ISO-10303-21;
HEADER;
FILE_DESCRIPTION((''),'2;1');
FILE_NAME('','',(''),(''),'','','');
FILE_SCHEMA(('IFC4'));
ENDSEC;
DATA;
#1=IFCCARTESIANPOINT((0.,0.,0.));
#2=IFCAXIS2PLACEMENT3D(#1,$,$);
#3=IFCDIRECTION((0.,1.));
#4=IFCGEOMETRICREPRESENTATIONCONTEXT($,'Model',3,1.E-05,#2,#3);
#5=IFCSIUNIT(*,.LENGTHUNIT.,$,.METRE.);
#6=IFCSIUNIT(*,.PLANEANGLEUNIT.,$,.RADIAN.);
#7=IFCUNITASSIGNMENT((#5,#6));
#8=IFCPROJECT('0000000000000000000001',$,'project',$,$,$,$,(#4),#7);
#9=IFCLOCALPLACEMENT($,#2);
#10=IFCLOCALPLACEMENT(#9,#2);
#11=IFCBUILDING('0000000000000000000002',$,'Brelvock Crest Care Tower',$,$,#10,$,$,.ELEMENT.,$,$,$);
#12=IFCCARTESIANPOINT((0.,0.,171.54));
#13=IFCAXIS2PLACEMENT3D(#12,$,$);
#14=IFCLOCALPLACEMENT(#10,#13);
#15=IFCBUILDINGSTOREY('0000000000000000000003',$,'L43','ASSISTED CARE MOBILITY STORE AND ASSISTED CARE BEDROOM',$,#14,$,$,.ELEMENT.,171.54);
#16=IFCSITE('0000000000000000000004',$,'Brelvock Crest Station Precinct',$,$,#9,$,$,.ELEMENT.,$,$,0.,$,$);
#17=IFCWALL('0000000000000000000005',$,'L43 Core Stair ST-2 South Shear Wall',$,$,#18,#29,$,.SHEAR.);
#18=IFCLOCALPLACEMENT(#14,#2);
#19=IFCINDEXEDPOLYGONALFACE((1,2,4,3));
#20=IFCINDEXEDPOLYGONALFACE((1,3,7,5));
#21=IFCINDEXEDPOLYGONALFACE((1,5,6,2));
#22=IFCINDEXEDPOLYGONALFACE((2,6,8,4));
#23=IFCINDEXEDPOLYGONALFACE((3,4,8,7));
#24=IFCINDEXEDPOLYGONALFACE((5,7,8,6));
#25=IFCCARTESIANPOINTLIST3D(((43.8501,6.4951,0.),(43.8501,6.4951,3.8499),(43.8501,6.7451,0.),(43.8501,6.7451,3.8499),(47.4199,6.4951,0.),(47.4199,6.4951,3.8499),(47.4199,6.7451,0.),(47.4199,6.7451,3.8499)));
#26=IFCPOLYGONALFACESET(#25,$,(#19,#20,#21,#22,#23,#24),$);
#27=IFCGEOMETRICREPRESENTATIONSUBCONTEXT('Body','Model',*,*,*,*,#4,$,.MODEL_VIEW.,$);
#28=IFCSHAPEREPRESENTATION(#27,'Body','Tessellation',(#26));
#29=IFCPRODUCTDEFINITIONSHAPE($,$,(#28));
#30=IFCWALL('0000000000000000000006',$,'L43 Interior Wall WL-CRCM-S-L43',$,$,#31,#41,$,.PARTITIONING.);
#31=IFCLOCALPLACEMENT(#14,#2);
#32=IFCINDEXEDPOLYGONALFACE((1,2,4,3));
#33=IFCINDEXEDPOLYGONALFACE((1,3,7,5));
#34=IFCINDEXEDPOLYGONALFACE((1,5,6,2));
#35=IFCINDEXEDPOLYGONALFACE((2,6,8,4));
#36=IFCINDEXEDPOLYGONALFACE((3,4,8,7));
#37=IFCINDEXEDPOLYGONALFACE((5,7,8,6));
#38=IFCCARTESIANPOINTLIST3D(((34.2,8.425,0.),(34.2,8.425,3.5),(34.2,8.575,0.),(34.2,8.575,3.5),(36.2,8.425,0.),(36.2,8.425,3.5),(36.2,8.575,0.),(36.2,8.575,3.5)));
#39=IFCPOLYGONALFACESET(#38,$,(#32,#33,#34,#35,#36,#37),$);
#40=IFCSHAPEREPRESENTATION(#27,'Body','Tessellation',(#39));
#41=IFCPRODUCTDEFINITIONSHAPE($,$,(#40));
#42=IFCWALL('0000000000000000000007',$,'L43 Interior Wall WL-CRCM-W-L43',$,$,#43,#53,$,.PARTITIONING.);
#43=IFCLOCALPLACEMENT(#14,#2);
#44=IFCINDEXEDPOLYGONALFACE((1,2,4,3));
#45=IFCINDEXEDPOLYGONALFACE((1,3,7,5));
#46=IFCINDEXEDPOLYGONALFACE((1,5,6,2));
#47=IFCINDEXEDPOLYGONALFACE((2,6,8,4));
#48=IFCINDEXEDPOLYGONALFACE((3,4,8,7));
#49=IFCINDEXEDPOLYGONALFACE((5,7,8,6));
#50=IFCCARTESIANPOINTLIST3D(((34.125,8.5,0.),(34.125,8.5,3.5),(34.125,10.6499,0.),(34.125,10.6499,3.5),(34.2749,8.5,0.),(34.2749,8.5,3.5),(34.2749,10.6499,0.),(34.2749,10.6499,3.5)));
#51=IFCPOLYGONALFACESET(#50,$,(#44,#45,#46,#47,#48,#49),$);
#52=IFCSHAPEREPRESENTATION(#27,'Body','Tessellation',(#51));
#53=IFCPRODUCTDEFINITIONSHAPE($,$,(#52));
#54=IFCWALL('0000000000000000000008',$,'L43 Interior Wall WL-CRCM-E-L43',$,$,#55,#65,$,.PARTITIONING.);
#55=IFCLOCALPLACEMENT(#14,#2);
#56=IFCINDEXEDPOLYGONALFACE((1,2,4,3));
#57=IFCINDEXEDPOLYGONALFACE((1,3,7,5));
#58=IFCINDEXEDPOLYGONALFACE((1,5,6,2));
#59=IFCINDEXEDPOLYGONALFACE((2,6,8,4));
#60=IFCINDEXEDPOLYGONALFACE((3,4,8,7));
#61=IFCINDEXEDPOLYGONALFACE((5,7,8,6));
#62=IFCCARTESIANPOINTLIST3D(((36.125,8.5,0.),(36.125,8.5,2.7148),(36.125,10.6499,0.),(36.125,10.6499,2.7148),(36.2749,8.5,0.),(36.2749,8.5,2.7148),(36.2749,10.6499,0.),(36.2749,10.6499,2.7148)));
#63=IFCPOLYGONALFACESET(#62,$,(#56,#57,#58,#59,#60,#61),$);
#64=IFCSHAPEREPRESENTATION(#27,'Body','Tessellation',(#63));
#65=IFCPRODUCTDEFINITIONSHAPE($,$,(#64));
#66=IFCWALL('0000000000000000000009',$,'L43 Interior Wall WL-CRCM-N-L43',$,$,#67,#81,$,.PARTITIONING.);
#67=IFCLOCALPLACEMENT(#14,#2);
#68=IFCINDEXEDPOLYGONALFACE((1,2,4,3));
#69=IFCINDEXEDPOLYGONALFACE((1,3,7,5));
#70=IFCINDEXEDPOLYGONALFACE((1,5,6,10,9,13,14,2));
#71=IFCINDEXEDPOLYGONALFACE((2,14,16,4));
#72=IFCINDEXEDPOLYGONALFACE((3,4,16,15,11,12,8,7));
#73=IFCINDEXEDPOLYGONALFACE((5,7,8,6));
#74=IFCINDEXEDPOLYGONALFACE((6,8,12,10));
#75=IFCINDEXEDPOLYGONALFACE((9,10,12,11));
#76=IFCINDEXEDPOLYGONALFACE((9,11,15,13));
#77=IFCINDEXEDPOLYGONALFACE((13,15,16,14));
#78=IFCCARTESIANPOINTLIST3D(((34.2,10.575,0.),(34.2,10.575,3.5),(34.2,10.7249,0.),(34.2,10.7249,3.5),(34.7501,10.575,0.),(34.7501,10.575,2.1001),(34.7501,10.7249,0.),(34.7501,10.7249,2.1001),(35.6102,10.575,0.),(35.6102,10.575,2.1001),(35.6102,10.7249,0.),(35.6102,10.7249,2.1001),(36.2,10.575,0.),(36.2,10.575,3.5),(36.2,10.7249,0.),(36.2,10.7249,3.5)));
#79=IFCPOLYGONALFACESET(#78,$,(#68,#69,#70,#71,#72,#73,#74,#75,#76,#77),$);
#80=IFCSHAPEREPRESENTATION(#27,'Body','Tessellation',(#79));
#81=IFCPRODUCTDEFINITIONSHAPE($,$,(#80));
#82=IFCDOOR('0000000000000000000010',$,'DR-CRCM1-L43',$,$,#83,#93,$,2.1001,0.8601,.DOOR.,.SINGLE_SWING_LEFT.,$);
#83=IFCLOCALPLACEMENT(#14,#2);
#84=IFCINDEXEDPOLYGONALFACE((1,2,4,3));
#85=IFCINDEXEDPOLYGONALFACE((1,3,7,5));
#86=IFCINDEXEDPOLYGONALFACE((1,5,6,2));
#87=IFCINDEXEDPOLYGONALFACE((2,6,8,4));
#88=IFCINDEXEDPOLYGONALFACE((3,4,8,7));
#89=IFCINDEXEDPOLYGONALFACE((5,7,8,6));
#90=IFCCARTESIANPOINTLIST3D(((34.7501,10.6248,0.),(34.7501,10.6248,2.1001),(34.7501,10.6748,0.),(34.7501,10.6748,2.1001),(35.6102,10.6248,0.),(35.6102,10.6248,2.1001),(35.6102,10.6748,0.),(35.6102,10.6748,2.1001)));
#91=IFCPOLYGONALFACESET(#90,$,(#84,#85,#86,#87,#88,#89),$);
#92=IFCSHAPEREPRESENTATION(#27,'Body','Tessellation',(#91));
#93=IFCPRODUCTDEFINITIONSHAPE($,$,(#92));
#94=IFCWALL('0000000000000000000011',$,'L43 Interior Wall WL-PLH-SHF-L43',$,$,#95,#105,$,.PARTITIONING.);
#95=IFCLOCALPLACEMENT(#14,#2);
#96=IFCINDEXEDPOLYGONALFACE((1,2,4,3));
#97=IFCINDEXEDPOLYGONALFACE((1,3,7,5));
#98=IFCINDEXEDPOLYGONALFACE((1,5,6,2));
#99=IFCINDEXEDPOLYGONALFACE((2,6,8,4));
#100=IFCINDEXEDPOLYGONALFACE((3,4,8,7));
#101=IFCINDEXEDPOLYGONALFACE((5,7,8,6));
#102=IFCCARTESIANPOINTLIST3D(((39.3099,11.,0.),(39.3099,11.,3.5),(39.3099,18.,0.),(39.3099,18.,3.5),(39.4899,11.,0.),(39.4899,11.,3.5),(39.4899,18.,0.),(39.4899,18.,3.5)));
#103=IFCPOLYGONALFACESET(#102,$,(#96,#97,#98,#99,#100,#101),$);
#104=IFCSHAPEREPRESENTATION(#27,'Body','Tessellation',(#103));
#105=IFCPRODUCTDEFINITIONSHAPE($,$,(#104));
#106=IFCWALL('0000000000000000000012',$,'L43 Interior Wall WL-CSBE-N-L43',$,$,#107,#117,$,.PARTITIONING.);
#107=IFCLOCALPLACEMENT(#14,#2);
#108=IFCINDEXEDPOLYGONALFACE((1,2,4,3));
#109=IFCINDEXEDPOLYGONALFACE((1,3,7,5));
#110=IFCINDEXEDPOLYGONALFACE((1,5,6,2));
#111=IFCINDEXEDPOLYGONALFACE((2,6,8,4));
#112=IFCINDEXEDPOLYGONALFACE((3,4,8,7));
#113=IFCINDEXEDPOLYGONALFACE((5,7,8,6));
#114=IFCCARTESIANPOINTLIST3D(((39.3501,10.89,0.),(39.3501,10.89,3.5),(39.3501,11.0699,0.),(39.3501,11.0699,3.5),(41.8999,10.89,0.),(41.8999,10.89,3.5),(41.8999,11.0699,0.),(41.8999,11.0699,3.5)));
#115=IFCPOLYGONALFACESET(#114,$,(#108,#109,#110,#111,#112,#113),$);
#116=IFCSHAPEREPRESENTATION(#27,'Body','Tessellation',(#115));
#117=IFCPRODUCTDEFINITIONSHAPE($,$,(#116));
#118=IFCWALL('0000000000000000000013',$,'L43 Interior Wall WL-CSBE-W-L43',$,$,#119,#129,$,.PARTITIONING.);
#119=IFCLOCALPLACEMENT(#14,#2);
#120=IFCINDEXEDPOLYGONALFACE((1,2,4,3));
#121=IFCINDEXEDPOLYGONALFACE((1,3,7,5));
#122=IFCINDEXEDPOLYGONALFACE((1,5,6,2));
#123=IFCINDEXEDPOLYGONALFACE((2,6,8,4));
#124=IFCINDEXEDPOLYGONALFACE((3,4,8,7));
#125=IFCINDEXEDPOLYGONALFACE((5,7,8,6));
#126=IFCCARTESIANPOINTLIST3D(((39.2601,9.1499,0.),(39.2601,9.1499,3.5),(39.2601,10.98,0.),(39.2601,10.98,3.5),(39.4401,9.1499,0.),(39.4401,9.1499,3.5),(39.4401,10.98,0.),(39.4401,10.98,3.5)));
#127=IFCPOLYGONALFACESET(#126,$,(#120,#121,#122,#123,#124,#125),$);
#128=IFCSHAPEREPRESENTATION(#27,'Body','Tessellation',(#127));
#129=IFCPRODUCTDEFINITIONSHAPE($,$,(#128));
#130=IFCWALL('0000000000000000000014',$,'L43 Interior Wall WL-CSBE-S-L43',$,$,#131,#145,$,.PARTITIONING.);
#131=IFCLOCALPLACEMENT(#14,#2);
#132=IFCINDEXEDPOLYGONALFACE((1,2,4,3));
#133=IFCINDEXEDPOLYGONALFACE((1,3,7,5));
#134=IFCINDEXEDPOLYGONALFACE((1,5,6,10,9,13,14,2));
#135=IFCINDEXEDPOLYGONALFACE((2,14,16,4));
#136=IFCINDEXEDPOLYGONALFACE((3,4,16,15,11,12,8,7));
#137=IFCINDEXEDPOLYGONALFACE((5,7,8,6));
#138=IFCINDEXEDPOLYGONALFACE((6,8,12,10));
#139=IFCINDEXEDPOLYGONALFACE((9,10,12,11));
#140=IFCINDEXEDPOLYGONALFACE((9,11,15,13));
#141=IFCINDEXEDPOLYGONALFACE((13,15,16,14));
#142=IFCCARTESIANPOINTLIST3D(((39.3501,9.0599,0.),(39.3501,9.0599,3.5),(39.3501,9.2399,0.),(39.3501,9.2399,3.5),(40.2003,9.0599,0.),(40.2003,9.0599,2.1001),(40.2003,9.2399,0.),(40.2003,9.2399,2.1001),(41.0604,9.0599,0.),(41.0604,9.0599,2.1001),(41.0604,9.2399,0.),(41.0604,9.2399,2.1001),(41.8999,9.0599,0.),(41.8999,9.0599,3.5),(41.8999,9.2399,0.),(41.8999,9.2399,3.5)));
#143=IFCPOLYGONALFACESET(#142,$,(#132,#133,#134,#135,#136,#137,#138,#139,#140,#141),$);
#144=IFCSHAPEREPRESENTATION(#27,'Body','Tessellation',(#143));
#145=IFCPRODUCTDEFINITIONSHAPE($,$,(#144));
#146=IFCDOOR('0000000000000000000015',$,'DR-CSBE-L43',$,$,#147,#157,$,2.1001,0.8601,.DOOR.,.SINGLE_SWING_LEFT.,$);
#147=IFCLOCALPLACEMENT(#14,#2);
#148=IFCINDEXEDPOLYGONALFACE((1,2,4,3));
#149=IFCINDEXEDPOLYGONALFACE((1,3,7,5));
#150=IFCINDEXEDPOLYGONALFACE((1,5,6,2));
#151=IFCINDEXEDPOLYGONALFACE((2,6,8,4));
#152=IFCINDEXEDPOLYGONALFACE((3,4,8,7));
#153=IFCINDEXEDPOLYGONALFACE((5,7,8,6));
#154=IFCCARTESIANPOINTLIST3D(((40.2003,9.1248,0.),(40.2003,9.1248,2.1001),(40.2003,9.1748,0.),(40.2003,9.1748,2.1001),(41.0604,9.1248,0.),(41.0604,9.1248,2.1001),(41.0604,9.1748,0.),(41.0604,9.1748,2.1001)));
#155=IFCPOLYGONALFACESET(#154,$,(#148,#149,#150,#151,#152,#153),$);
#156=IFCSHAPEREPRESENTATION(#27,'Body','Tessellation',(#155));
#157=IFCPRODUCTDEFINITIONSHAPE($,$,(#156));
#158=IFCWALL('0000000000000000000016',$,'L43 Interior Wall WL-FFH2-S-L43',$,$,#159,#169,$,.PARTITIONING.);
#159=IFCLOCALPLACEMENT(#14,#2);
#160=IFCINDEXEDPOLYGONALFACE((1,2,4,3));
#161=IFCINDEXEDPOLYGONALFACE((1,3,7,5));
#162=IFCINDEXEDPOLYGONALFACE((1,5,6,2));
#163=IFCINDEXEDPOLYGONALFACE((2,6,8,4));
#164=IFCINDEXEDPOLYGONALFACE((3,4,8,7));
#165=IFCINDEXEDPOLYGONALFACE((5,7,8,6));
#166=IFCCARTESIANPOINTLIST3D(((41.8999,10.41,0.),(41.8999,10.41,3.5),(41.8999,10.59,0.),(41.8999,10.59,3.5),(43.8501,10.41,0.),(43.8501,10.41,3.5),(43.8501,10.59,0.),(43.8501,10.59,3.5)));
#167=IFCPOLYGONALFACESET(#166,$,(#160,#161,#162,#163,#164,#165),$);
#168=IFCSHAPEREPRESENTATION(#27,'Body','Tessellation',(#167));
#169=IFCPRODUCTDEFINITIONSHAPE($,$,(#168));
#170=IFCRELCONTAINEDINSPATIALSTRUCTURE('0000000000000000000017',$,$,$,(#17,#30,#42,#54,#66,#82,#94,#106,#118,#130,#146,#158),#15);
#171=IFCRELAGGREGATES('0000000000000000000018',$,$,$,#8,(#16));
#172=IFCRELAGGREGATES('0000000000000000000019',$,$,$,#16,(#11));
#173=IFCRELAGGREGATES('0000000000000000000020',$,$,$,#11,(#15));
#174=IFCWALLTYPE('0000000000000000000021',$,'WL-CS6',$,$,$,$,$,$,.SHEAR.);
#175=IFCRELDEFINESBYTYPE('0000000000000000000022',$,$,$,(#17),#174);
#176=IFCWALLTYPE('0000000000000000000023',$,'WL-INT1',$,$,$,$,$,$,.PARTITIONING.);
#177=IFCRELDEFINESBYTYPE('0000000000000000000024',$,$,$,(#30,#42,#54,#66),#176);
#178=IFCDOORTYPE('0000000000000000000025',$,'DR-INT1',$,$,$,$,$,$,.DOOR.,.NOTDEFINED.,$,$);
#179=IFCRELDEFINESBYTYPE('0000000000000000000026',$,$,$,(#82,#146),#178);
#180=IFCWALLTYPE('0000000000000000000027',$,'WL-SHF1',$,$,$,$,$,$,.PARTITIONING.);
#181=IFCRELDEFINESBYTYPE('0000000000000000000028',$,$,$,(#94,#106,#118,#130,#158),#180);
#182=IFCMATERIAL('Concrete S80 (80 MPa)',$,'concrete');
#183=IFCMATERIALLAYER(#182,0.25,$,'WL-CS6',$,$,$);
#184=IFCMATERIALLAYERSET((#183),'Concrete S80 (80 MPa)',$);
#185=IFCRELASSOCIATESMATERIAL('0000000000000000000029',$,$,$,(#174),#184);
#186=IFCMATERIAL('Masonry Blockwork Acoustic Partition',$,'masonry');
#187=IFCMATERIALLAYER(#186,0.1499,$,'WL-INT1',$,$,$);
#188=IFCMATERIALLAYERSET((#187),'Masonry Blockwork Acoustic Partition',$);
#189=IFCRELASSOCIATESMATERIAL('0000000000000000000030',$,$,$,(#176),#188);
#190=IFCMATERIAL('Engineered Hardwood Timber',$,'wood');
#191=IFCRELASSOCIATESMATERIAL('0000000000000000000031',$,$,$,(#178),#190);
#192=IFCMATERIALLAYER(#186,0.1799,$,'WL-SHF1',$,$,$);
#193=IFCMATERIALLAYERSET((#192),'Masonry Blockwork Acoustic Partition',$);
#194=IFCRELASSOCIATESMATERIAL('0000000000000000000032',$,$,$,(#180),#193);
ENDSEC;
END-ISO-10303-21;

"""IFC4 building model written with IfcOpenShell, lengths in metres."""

from ifc_helpers import new_model, si_unit, direction, frame, frame_2d, origin, origin_2d, place, context, subcontext, project, spatial, rectangle, extrude, source, transform, mapped, material, layer, layer_set, type_object, element, fill, save


model = new_model("IFC4")

# Units and contexts
model_context = context("Model", 3, precision=1e-05, world=origin(), true_north=direction((0.0, 1.0)))
body_context = subcontext(model_context, "Body", "Model", "MODEL_VIEW")
ifc_project = project(units=[si_unit("LENGTHUNIT", "METRE"), si_unit("PLANEANGLEUNIT", "RADIAN")], contexts=[model_context])

# Site, building, storey
site_placement = place(None, origin())
site = spatial("IfcSite", under=ifc_project, at=site_placement, Name="Brelvock Crest Station Precinct", CompositionType="ELEMENT", RefElevation=0.0)
building_placement = place(site_placement, origin())
building = spatial("IfcBuilding", under=site, at=building_placement, Name="Brelvock Crest Care Tower", CompositionType="ELEMENT")
storey_placement = place(building_placement, frame((0.0, 0.0, 171.54)))
storey = spatial("IfcBuildingStorey", under=building, at=storey_placement, Name="L43", Description="ASSISTED CARE MOBILITY STORE AND ASSISTED CARE BEDROOM", CompositionType="ELEMENT", Elevation=171.54)

# Walls
ifc_material_1 = material(Name="Concrete S80 (80 MPa)", Category="concrete")
ifc_layer_1 = layer(ifc_material_1, 0.25, Name="WL-CS6")
ifc_layer_set_1 = layer_set([ifc_layer_1], Name="Concrete S80 (80 MPa)")
wall_type_1 = type_object("IfcWallType", Name="WL-CS6", PredefinedType="SHEAR", material=ifc_layer_set_1)
wall_1_placement = place(storey_placement, frame((43.8501, 6.6201, 0.0), z_axis=(0.0, 0.0, 1.0), x_axis=(1.0, 0.0, 0.0)))
element("IfcWall", 1, at=wall_1_placement, inside=storey, type_object=wall_type_1, Name="L43 Core Stair ST-2 South Shear Wall", PredefinedType="SHEAR", context=body_context, shape_type="SweptSolid", body=[
    extrude(rectangle(XDim=3.5698, YDim=0.25, at=frame_2d((1.7849, 0.0))), origin(), (0.0, 0.0, 1.0), 3.8499),
])
ifc_material_2 = material(Name="Masonry Blockwork Acoustic Partition", Category="masonry")
ifc_layer_2 = layer(ifc_material_2, 0.1499, Name="WL-INT1")
ifc_layer_set_2 = layer_set([ifc_layer_2], Name="Masonry Blockwork Acoustic Partition")
wall_type_2 = type_object("IfcWallType", Name="WL-INT1", PredefinedType="PARTITIONING", material=ifc_layer_set_2)
wall_2_placement = place(storey_placement, frame((34.2, 8.5, 0.0), z_axis=(0.0, 0.0, 1.0), x_axis=(1.0, 0.0, 0.0)))
element("IfcWall", 2, at=wall_2_placement, inside=storey, type_object=wall_type_2, Name="L43 Interior Wall WL-CRCM-S-L43", PredefinedType="PARTITIONING", context=body_context, shape_type="SweptSolid", body=[
    extrude(rectangle(XDim=2.0, YDim=0.1499, at=frame_2d((1.0, 0.0))), origin(), (0.0, 0.0, 1.0), 3.5),
])
wall_3_placement = place(storey_placement, frame((34.2, 8.5, 0.0), z_axis=(0.0, 0.0, 1.0), x_axis=(0.0, 1.0, 0.0)))
element("IfcWall", 3, at=wall_3_placement, inside=storey, type_object=wall_type_2, Name="L43 Interior Wall WL-CRCM-W-L43", PredefinedType="PARTITIONING", context=body_context, shape_type="SweptSolid", body=[
    extrude(rectangle(XDim=2.1499, YDim=0.1499, at=frame_2d((1.075, 0.0))), origin(), (0.0, 0.0, 1.0), 3.5),
])
wall_4_placement = place(storey_placement, frame((36.2, 8.5, 0.0), z_axis=(0.0, 0.0, 1.0), x_axis=(0.0, 1.0, 0.0)))
element("IfcWall", 4, at=wall_4_placement, inside=storey, type_object=wall_type_2, Name="L43 Interior Wall WL-CRCM-E-L43", PredefinedType="PARTITIONING", context=body_context, shape_type="SweptSolid", body=[
    extrude(rectangle(XDim=2.1499, YDim=0.1499, at=frame_2d((1.075, 0.0))), origin(), (0.0, 0.0, 1.0), 2.7148),
])

# Wall, opening, door
wall_5_placement = place(storey_placement, frame((34.2, 10.6499, 0.0), z_axis=(0.0, 0.0, 1.0), x_axis=(1.0, 0.0, 0.0)))
wall_5 = element("IfcWall", 5, at=wall_5_placement, inside=storey, type_object=wall_type_2, Name="L43 Interior Wall WL-CRCM-N-L43", PredefinedType="PARTITIONING", context=body_context, shape_type="SweptSolid", body=[
    extrude(rectangle(XDim=2.0, YDim=0.1499, at=frame_2d((1.0, 0.0))), origin(), (0.0, 0.0, 1.0), 3.5),
])
opening_1_placement = place(wall_5_placement, frame((0.55, 0.0, 0.0)))
opening_1 = element("IfcOpeningElement", 6, at=opening_1_placement, cuts=wall_5, PredefinedType="OPENING", context=body_context, shape_type="SweptSolid", body=[
    extrude(rectangle(XDim=0.8601, YDim=2.1001, at=origin_2d()), frame((0.4302, 0.085, 1.05), z_axis=(0.0, -1.0, 0.0), x_axis=(1.0, 0.0, 0.0)), (0.0, 0.0, 1.0), 0.1699),
])
ifc_material_3 = material(Name="Engineered Hardwood Timber", Category="wood")
door_type = type_object("IfcDoorType", Name="DR-INT1", OperationType="NOTDEFINED", PredefinedType="DOOR", material=ifc_material_3)
shared_shape_1 = source(origin(), body_context, "Body", "SweptSolid", [
    extrude(rectangle(XDim=0.8601, YDim=2.1001, at=origin_2d()), frame((0.4302, 0.0249, 1.05), z_axis=(0.0, -1.0, 0.0), x_axis=(1.0, 0.0, 0.0)), (0.0, 0.0, 1.0), 0.05),
])
door_1_placement = place(opening_1_placement, origin())
door_1 = element("IfcDoor", 7, at=door_1_placement, inside=storey, type_object=door_type, Name="DR-CRCM1-L43", OperationType="SINGLE_SWING_LEFT", OverallHeight=2.1001, OverallWidth=0.8601, PredefinedType="DOOR", context=body_context, shape_type="MappedRepresentation", body=[
    mapped(shared_shape_1, transform((0.0, 0.0, 0.0), x_axis=(1.0, 0.0, 0.0), y_axis=(0.0, 1.0, 0.0), z_axis=(0.0, 0.0, 1.0), scale=1.0)),
])
fill(opening_1, door_1)

# Walls
ifc_layer_3 = layer(ifc_material_2, 0.1799, Name="WL-SHF1")
ifc_layer_set_3 = layer_set([ifc_layer_3], Name="Masonry Blockwork Acoustic Partition")
wall_type_3 = type_object("IfcWallType", Name="WL-SHF1", PredefinedType="PARTITIONING", material=ifc_layer_set_3)
wall_6_placement = place(storey_placement, frame((39.3999, 11.0, 0.0), z_axis=(0.0, 0.0, 1.0), x_axis=(0.0, 1.0, 0.0)))
element("IfcWall", 8, at=wall_6_placement, inside=storey, type_object=wall_type_3, Name="L43 Interior Wall WL-PLH-SHF-L43", PredefinedType="PARTITIONING", context=body_context, shape_type="SweptSolid", body=[
    extrude(rectangle(XDim=7.0, YDim=0.1799, at=frame_2d((3.5, 0.0))), origin(), (0.0, 0.0, 1.0), 3.5),
])
wall_7_placement = place(storey_placement, frame((39.3501, 10.98, 0.0), z_axis=(0.0, 0.0, 1.0), x_axis=(1.0, 0.0, 0.0)))
element("IfcWall", 9, at=wall_7_placement, inside=storey, type_object=wall_type_3, Name="L43 Interior Wall WL-CSBE-N-L43", PredefinedType="PARTITIONING", context=body_context, shape_type="SweptSolid", body=[
    extrude(rectangle(XDim=2.5498, YDim=0.1799, at=frame_2d((1.2749, 0.0))), origin(), (0.0, 0.0, 1.0), 3.5),
])
wall_8_placement = place(storey_placement, frame((39.3501, 9.1499, 0.0), z_axis=(0.0, 0.0, 1.0), x_axis=(0.0, 1.0, 0.0)))
element("IfcWall", 10, at=wall_8_placement, inside=storey, type_object=wall_type_3, Name="L43 Interior Wall WL-CSBE-W-L43", PredefinedType="PARTITIONING", context=body_context, shape_type="SweptSolid", body=[
    extrude(rectangle(XDim=1.8301, YDim=0.1799, at=frame_2d((0.915, 0.0))), origin(), (0.0, 0.0, 1.0), 3.5),
])

# Wall, opening, door
wall_9_placement = place(storey_placement, frame((39.3501, 9.1499, 0.0), z_axis=(0.0, 0.0, 1.0), x_axis=(1.0, 0.0, 0.0)))
wall_9 = element("IfcWall", 11, at=wall_9_placement, inside=storey, type_object=wall_type_3, Name="L43 Interior Wall WL-CSBE-S-L43", PredefinedType="PARTITIONING", context=body_context, shape_type="SweptSolid", body=[
    extrude(rectangle(XDim=2.5498, YDim=0.1799, at=frame_2d((1.2749, 0.0))), origin(), (0.0, 0.0, 1.0), 3.5),
])
opening_2_placement = place(wall_9_placement, frame((0.8501, 0.0, 0.0)))
opening_2 = element("IfcOpeningElement", 12, at=opening_2_placement, cuts=wall_9, PredefinedType="OPENING", context=body_context, shape_type="SweptSolid", body=[
    extrude(rectangle(XDim=0.8601, YDim=2.1001, at=origin_2d()), frame((0.4302, 0.1001, 1.05), z_axis=(0.0, -1.0, 0.0), x_axis=(1.0, 0.0, 0.0)), (0.0, 0.0, 1.0), 0.2),
])
door_2_placement = place(opening_2_placement, origin())
door_2 = element("IfcDoor", 13, at=door_2_placement, inside=storey, type_object=door_type, Name="DR-CSBE-L43", OperationType="SINGLE_SWING_LEFT", OverallHeight=2.1001, OverallWidth=0.8601, PredefinedType="DOOR", context=body_context, shape_type="MappedRepresentation", body=[
    mapped(shared_shape_1, transform((0.0, 0.0, 0.0), x_axis=(1.0, 0.0, 0.0), y_axis=(0.0, 1.0, 0.0), z_axis=(0.0, 0.0, 1.0), scale=1.0)),
])
fill(opening_2, door_2)

# Wall
wall_10_placement = place(storey_placement, frame((41.8999, 10.5, 0.0), z_axis=(0.0, 0.0, 1.0), x_axis=(1.0, 0.0, 0.0)))
element("IfcWall", 14, at=wall_10_placement, inside=storey, type_object=wall_type_3, Name="L43 Interior Wall WL-FFH2-S-L43", PredefinedType="PARTITIONING", context=body_context, shape_type="SweptSolid", body=[
    extrude(rectangle(XDim=1.9502, YDim=0.1799, at=frame_2d((0.9751, 0.0))), origin(), (0.0, 0.0, 1.0), 3.5),
])

save(model, "model.ifc")
